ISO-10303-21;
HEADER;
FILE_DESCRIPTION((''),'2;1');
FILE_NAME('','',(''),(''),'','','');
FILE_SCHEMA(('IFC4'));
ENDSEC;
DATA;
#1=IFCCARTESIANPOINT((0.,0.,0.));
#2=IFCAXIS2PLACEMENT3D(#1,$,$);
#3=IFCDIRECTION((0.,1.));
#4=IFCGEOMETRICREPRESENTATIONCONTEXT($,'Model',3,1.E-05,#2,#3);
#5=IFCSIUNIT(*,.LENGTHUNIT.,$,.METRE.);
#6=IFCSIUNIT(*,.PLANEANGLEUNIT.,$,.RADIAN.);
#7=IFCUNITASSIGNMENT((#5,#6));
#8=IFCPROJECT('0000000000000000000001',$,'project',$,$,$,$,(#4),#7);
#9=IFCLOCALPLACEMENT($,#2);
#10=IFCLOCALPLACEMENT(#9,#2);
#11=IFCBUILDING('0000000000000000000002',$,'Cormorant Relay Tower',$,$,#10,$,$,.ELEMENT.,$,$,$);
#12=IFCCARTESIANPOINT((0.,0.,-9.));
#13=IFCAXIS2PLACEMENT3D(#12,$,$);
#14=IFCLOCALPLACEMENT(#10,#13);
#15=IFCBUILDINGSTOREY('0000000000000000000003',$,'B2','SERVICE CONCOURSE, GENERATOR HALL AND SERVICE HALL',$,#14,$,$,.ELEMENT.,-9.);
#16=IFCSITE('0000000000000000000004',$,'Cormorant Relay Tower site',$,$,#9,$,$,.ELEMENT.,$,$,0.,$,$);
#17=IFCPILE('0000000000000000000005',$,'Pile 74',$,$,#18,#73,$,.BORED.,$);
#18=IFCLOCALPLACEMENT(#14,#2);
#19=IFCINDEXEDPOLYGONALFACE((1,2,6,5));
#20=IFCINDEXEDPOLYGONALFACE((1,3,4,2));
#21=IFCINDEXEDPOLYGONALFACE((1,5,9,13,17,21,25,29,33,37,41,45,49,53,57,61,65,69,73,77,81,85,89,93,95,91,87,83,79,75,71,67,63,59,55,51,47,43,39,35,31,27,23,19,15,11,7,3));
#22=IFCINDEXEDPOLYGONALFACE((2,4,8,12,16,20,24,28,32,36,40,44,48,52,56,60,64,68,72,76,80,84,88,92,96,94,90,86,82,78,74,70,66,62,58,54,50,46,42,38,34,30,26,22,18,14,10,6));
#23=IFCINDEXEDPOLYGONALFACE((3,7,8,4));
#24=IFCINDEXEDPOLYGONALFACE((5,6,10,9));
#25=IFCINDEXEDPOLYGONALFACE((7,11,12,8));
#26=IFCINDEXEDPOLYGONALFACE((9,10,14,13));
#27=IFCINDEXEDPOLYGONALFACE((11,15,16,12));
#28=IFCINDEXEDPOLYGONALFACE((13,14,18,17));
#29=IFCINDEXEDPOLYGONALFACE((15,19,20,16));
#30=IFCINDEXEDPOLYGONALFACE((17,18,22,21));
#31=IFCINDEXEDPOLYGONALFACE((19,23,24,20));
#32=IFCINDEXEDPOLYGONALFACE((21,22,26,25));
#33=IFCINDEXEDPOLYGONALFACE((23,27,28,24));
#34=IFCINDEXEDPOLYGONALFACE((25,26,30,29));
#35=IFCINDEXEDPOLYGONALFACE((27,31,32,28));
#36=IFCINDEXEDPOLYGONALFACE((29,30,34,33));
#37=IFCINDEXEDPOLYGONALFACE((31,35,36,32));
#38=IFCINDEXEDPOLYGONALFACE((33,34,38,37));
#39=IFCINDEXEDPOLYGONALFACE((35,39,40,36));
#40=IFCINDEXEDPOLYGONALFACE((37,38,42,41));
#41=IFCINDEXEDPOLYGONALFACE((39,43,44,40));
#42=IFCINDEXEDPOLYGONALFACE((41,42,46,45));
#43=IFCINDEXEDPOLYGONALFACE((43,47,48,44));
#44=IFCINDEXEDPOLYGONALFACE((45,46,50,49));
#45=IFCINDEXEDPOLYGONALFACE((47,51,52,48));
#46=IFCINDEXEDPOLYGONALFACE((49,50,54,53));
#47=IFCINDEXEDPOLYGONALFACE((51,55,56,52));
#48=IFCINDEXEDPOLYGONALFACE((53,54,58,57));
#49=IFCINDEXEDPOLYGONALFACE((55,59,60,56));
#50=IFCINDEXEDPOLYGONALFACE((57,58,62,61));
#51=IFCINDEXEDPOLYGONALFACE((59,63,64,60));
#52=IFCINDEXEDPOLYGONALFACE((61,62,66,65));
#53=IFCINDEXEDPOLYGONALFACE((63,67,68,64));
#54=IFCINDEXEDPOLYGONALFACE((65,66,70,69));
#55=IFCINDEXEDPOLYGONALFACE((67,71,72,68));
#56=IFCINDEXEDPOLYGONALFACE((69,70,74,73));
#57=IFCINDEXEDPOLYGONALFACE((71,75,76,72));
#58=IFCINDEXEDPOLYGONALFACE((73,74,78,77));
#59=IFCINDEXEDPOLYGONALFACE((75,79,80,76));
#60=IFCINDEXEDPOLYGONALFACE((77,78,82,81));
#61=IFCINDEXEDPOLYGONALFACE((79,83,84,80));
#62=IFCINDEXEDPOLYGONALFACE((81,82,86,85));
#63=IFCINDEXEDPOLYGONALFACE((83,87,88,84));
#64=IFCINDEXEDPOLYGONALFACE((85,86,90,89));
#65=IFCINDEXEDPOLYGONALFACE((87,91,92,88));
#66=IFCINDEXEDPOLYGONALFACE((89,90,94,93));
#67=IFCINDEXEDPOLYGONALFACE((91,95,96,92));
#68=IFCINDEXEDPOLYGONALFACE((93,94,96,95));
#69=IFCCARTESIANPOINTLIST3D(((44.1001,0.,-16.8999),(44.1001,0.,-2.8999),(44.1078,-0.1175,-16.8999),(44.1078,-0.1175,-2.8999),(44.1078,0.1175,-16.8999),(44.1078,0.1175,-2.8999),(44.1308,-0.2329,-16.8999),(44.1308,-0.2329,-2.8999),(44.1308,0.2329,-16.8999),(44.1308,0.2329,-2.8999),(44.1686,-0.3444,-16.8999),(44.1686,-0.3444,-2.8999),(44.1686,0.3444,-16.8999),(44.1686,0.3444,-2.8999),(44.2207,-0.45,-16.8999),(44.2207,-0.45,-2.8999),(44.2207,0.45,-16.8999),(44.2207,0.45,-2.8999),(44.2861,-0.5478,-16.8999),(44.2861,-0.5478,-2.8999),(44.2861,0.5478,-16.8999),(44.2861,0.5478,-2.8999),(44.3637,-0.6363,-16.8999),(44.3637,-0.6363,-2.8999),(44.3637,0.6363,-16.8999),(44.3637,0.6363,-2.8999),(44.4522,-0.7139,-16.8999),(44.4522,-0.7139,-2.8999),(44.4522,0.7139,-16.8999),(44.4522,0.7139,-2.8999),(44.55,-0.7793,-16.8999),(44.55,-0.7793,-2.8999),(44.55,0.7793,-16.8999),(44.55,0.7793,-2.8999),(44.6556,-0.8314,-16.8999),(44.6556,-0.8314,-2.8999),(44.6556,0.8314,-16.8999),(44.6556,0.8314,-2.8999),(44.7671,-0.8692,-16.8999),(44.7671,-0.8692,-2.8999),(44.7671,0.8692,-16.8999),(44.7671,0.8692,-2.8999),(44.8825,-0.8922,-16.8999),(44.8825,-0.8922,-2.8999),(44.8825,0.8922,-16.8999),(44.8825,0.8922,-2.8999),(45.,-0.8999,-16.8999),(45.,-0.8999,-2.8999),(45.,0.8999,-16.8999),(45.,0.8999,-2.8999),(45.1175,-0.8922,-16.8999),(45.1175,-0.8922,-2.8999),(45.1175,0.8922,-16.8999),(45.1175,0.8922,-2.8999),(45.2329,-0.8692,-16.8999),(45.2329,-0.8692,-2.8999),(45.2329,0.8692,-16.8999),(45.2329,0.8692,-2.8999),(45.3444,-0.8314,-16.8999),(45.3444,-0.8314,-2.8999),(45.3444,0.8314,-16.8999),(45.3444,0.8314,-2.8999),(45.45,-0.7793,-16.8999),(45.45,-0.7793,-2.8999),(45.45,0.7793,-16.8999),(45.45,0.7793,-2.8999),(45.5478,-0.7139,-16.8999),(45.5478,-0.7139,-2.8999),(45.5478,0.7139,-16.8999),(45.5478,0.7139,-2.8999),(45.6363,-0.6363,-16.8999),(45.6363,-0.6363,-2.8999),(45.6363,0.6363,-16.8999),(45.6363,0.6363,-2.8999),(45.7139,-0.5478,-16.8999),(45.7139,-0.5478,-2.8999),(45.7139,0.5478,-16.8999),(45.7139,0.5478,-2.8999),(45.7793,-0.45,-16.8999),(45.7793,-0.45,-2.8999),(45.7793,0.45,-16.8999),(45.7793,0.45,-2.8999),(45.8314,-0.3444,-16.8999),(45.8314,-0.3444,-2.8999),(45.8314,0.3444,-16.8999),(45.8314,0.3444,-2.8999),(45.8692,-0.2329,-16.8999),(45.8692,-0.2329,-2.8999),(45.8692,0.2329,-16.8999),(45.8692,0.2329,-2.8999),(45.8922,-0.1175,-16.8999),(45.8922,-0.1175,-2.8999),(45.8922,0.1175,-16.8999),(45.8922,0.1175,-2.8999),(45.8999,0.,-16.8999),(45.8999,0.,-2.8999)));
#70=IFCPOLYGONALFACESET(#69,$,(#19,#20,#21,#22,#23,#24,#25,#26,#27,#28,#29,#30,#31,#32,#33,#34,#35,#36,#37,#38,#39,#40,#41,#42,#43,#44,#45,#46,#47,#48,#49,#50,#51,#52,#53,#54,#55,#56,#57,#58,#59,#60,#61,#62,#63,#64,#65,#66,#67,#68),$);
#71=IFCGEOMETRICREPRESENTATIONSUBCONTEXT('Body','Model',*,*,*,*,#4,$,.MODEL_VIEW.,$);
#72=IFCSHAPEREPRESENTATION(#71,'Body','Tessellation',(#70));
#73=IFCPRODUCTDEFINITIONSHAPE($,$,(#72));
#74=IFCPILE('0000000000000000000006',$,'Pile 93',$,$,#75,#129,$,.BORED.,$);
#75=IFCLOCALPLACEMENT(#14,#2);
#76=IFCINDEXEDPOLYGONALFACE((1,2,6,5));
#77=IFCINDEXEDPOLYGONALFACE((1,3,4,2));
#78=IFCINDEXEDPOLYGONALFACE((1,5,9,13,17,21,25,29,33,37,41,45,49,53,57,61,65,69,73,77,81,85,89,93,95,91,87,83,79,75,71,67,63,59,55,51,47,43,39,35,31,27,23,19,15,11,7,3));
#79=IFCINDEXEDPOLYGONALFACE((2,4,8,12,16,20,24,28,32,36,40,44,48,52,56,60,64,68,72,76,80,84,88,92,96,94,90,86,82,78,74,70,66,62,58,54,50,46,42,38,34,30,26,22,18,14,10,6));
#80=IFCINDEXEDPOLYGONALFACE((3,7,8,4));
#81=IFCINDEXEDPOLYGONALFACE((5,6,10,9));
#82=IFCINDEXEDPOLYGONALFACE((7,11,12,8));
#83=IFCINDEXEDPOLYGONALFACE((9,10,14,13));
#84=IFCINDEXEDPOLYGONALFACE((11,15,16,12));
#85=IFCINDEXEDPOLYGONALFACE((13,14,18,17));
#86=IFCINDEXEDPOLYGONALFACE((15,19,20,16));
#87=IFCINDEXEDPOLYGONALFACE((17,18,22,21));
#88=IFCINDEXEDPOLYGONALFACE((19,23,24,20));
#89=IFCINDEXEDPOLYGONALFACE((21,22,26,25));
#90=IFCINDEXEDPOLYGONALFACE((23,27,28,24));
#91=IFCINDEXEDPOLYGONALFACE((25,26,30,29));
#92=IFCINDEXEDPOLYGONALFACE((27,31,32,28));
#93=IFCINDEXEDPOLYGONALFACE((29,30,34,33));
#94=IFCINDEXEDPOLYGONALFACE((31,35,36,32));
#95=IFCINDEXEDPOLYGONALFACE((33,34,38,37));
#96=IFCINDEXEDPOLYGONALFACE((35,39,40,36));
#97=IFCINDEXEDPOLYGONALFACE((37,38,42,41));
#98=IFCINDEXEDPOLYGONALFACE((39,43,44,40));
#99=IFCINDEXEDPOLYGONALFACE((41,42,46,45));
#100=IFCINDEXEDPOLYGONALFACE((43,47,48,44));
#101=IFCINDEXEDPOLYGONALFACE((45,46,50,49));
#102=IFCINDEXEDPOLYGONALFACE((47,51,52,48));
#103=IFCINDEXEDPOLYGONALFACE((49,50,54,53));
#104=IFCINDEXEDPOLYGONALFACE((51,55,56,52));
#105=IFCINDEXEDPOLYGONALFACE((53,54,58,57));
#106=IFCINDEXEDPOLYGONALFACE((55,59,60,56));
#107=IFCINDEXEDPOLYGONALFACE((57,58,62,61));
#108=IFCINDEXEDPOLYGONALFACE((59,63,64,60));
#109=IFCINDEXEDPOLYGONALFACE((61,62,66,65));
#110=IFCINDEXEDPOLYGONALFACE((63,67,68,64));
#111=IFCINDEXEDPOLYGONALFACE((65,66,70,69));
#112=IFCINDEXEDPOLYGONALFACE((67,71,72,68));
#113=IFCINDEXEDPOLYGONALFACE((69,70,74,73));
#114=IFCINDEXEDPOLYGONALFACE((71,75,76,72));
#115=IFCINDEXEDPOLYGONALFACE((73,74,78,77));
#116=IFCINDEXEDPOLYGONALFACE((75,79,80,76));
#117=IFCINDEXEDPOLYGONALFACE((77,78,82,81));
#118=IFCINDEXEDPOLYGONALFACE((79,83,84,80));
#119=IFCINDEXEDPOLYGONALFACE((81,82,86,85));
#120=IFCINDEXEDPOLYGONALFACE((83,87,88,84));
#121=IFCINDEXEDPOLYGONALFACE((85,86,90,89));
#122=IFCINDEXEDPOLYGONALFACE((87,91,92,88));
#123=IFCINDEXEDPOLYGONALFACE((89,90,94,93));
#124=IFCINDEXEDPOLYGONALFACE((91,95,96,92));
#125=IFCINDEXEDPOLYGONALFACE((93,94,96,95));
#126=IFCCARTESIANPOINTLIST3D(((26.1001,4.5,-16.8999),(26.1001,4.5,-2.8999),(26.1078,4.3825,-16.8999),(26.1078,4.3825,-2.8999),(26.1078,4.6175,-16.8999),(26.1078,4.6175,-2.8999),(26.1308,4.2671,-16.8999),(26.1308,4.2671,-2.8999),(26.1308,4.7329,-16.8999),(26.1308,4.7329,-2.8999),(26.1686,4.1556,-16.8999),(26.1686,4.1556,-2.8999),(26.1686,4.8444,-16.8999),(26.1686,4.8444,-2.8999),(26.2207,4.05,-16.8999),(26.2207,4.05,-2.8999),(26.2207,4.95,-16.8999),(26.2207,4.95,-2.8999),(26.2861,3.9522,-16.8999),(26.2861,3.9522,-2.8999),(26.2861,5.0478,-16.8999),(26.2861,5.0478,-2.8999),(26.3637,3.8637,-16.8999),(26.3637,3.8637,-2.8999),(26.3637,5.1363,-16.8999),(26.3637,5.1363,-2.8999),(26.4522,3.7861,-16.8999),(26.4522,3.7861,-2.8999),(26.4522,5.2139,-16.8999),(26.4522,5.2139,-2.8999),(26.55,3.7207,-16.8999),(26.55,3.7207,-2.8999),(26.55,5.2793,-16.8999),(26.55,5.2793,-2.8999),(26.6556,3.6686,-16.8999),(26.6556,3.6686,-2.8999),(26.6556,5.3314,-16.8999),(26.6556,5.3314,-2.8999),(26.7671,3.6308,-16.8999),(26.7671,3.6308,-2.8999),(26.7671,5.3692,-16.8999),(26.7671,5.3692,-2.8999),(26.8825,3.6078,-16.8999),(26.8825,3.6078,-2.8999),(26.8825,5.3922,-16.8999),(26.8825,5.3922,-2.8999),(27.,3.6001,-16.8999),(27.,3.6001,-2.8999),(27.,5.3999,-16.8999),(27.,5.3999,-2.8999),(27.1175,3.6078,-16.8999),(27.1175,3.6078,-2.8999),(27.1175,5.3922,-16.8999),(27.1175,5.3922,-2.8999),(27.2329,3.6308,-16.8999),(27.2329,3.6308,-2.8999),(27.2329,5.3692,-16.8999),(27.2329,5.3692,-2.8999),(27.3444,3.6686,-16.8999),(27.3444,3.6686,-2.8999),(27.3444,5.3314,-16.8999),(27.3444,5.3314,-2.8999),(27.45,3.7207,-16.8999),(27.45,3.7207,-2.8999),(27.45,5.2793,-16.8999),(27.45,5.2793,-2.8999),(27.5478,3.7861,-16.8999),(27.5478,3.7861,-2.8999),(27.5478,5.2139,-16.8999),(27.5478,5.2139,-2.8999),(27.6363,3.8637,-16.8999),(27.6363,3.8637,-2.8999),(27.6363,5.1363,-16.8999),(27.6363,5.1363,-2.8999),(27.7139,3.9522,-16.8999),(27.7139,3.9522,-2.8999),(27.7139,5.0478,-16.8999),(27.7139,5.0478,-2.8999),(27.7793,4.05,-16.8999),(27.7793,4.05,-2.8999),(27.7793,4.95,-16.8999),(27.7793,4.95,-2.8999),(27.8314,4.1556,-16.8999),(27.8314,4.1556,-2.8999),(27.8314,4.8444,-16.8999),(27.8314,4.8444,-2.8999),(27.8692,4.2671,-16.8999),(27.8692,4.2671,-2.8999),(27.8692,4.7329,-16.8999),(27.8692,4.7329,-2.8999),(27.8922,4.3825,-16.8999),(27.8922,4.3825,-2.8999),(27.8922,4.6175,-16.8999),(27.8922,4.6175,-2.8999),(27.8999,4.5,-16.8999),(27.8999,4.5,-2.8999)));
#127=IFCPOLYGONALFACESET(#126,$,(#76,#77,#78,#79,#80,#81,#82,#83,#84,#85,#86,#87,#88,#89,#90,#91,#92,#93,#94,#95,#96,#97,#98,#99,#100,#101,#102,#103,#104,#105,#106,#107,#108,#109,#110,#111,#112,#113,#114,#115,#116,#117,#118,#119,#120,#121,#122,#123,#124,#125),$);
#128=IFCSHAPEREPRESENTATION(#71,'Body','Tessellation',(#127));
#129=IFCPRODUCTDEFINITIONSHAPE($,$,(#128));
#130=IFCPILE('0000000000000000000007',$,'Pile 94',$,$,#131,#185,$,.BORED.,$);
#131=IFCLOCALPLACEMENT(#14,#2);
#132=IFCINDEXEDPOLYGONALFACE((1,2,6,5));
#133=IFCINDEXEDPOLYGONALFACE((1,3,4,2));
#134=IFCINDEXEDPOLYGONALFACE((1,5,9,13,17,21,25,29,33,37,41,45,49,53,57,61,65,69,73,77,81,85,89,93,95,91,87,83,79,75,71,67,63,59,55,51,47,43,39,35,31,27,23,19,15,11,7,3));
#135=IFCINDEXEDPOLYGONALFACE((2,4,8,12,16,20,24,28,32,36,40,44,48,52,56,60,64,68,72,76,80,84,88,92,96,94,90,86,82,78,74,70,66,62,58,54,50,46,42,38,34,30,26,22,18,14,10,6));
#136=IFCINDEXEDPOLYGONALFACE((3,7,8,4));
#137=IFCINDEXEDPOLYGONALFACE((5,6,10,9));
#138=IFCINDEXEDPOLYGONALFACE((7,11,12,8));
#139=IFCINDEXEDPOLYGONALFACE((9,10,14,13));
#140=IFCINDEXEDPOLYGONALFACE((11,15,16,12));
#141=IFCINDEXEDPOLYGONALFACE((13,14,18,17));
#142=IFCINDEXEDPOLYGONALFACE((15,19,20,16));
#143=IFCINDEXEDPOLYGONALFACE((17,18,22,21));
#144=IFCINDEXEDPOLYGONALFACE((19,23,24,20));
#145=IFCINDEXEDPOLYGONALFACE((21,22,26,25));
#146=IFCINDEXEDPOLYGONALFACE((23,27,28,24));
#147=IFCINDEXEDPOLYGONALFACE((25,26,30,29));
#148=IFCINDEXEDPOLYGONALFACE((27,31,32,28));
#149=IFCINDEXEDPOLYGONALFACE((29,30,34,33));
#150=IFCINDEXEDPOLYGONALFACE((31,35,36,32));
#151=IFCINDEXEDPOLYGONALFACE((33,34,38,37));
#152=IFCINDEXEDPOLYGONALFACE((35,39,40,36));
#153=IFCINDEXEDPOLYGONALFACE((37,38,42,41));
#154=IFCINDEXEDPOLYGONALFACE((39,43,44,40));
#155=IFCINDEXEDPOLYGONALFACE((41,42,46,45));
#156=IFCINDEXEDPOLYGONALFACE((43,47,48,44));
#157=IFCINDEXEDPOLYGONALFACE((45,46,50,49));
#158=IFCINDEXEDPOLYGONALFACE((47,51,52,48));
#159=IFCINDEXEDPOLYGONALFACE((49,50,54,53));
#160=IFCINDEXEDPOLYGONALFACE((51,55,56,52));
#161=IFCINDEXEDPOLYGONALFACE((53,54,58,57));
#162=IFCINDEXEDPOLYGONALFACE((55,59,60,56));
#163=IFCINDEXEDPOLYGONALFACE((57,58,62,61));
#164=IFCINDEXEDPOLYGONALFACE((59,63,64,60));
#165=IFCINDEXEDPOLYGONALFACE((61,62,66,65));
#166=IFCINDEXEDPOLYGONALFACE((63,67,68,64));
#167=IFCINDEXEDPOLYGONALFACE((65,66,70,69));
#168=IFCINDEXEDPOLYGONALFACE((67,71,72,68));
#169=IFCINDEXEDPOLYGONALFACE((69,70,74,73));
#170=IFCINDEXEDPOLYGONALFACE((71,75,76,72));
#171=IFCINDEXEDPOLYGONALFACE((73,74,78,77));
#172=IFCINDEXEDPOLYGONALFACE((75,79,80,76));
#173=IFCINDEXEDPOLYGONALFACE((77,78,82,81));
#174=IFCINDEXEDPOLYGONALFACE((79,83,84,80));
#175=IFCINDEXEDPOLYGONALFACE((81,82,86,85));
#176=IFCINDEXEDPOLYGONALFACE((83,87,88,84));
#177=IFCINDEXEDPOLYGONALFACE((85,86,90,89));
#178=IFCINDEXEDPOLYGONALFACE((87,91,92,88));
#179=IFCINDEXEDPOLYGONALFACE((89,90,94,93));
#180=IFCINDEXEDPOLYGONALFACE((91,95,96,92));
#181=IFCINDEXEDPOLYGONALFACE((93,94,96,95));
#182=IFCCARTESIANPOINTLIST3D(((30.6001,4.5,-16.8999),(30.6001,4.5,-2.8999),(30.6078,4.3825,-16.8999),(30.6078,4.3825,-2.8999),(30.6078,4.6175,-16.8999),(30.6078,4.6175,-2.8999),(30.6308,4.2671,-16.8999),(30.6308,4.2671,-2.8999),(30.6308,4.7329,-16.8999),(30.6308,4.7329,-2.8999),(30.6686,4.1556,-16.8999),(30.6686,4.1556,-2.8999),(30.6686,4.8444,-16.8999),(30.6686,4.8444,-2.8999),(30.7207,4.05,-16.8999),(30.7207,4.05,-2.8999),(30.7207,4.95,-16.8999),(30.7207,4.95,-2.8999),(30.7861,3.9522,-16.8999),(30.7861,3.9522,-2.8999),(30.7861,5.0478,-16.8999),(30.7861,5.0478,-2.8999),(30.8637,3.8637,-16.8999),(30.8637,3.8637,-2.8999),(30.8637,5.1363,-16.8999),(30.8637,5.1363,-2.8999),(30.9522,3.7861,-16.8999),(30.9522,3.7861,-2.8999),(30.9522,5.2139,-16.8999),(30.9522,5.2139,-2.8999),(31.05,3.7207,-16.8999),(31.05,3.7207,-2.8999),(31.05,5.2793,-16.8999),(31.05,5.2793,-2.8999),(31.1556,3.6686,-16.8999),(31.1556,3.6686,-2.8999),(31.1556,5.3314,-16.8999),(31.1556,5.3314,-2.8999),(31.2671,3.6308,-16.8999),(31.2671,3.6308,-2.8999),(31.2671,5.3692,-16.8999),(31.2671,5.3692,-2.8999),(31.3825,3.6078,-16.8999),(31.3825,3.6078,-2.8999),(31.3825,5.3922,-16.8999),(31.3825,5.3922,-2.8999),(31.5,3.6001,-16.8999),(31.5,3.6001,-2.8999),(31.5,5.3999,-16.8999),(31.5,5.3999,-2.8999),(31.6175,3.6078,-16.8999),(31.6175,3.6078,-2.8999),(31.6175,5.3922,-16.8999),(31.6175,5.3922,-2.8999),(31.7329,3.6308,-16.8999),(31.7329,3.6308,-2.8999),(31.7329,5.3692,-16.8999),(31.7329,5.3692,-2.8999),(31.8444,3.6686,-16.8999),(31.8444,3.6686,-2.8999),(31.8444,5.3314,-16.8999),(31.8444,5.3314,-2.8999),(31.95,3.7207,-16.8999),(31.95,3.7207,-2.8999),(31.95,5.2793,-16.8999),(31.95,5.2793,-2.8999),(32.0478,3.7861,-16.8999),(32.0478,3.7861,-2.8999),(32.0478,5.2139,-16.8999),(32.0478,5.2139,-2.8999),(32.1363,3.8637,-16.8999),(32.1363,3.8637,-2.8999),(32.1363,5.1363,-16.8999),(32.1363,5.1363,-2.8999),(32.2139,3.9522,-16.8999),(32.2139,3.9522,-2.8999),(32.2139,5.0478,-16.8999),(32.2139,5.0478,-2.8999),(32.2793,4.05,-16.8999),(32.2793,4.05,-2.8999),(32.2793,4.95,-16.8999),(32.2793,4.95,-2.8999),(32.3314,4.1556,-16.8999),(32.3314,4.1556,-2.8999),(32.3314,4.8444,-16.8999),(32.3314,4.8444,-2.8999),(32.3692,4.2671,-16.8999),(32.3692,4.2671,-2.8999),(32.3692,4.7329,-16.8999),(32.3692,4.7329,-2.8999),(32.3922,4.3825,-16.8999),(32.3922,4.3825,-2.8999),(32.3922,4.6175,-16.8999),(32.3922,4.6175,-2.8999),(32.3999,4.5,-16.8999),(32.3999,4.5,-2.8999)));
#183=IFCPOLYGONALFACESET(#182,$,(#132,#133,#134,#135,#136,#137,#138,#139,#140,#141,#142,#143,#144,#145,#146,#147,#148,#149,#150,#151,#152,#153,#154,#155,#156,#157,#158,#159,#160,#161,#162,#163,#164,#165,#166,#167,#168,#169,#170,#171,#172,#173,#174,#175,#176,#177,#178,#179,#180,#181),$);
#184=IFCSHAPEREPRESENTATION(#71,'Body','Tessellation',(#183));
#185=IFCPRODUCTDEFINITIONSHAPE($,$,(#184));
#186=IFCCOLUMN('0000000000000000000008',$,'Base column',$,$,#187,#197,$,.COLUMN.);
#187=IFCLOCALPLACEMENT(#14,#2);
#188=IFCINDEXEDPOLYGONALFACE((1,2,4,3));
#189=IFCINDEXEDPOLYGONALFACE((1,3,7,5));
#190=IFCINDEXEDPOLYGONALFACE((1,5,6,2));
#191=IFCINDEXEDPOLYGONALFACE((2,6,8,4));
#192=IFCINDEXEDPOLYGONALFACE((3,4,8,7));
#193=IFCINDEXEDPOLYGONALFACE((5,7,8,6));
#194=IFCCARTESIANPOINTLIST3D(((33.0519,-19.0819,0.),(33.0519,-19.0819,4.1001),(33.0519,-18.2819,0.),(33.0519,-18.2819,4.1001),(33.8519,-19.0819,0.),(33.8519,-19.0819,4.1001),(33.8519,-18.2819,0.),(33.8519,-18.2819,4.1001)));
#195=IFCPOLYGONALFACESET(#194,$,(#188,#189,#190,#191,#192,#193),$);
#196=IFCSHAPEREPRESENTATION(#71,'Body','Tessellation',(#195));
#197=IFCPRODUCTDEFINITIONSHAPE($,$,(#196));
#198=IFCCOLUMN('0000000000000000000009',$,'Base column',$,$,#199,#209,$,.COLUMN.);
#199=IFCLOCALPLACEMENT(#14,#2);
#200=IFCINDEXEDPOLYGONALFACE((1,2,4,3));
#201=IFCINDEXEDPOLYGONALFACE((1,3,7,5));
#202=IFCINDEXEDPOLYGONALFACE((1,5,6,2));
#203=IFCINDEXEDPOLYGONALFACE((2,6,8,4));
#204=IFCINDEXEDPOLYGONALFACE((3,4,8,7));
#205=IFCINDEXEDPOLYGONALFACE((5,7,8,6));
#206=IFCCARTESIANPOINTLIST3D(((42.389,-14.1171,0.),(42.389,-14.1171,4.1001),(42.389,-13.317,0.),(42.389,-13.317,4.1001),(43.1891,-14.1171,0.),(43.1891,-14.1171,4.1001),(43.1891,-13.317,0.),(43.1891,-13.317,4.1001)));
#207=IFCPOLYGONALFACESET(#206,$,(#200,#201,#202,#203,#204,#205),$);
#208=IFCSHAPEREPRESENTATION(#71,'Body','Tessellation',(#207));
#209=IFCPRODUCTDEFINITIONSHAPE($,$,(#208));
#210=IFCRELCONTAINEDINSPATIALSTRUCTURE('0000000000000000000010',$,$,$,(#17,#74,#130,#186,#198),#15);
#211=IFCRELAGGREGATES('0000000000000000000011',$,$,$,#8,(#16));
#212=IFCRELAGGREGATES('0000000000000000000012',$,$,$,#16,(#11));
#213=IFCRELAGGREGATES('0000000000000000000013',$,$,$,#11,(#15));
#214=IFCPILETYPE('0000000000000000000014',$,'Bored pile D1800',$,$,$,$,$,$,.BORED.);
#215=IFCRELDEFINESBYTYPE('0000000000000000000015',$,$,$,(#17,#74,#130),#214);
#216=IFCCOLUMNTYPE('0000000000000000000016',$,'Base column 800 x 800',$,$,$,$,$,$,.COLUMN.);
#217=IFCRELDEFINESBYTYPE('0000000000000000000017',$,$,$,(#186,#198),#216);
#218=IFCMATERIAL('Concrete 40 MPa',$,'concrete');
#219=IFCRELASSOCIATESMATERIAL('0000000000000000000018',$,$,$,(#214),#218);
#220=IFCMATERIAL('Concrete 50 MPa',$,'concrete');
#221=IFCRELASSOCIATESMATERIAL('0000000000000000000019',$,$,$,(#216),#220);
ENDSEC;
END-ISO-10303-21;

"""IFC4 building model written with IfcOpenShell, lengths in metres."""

from ifc_helpers import new_model, si_unit, direction, frame, origin, origin_2d, place, context, subcontext, project, spatial, rectangle, circle, extrude, material, material_profile, profile_set, type_object, element, save


model = new_model("IFC4")

# Units and contexts
model_context = context("Model", 3, precision=1e-05, world=origin(), true_north=direction((0.0, 1.0)))
body_context = subcontext(model_context, "Body", "Model", "MODEL_VIEW")
ifc_project = project(units=[si_unit("LENGTHUNIT", "METRE"), si_unit("PLANEANGLEUNIT", "RADIAN")], contexts=[model_context])

# Site, building, storey
site_placement = place(None, origin())
site = spatial("IfcSite", under=ifc_project, at=site_placement, Name="Cormorant Relay Tower site", CompositionType="ELEMENT", RefElevation=0.0)
building_placement = place(site_placement, origin())
building = spatial("IfcBuilding", under=site, at=building_placement, Name="Cormorant Relay Tower", CompositionType="ELEMENT")
storey_placement = place(building_placement, frame((0.0, 0.0, -9.0)))
storey = spatial("IfcBuildingStorey", under=building, at=storey_placement, Name="B2", Description="SERVICE CONCOURSE, GENERATOR HALL AND SERVICE HALL", CompositionType="ELEMENT", Elevation=-9.0)

# Piles
ifc_material_1 = material(Name="Concrete 40 MPa", Category="concrete")
ifc_material_profile_1 = material_profile(ifc_material_1, circle(Radius=0.8999, at=origin_2d()), Name="BP1800")
ifc_profile_set_1 = profile_set([ifc_material_profile_1], Name="Concrete 40 MPa")
pile_type = type_object("IfcPileType", Name="Bored pile D1800", PredefinedType="BORED", material=ifc_profile_set_1)
for number, where, z_axis, x_axis, name in (
    (1, (45.0, 0.0, -2.8999), (0.0, 0.0, -1.0), (1.0, 0.0, 0.0), "Pile 74"),
    (2, (27.0, 4.5, -2.8999), (0.0, 0.0, -1.0), (1.0, 0.0, 0.0), "Pile 93"),
    (3, (31.5, 4.5, -2.8999), (0.0, 0.0, -1.0), (1.0, 0.0, 0.0), "Pile 94"),
):
    element("IfcPile", number, at=place(storey_placement, frame(where, z_axis=z_axis, x_axis=x_axis)), inside=storey, type_object=pile_type, Name=name, PredefinedType="BORED", context=body_context, shape_type="SweptSolid", body=[
        extrude(circle(Radius=0.8999, at=origin_2d()), origin(), (0.0, 0.0, 1.0), 14.0),
    ])

# Columns
ifc_material_2 = material(Name="Concrete 50 MPa", Category="concrete")
ifc_material_profile_2 = material_profile(ifc_material_2, rectangle(XDim=0.8, YDim=0.8, at=origin_2d()), Name="RC 800x800")
ifc_profile_set_2 = profile_set([ifc_material_profile_2], Name="Concrete 50 MPa")
column_type_1 = type_object("IfcColumnType", Name="Base column 800 x 800", PredefinedType="COLUMN", material=ifc_profile_set_2)
for number, where, z_axis, x_axis, name in (
    (4, (33.4519, -18.6819, 0.0), (0.0, 0.0, 1.0), (1.0, 0.0, 0.0), "Base column"),
    (5, (42.7891, -13.717, 0.0), (0.0, 0.0, 1.0), (1.0, 0.0, 0.0), "Base column"),
):
    element("IfcColumn", number, at=place(storey_placement, frame(where, z_axis=z_axis, x_axis=x_axis)), inside=storey, type_object=column_type_1, Name=name, PredefinedType="COLUMN", context=body_context, shape_type="SweptSolid", body=[
        extrude(rectangle(XDim=0.8, YDim=0.8, at=origin_2d()), origin(), (0.0, 0.0, 1.0), 4.1001),
    ])

save(model, "model.ifc")
